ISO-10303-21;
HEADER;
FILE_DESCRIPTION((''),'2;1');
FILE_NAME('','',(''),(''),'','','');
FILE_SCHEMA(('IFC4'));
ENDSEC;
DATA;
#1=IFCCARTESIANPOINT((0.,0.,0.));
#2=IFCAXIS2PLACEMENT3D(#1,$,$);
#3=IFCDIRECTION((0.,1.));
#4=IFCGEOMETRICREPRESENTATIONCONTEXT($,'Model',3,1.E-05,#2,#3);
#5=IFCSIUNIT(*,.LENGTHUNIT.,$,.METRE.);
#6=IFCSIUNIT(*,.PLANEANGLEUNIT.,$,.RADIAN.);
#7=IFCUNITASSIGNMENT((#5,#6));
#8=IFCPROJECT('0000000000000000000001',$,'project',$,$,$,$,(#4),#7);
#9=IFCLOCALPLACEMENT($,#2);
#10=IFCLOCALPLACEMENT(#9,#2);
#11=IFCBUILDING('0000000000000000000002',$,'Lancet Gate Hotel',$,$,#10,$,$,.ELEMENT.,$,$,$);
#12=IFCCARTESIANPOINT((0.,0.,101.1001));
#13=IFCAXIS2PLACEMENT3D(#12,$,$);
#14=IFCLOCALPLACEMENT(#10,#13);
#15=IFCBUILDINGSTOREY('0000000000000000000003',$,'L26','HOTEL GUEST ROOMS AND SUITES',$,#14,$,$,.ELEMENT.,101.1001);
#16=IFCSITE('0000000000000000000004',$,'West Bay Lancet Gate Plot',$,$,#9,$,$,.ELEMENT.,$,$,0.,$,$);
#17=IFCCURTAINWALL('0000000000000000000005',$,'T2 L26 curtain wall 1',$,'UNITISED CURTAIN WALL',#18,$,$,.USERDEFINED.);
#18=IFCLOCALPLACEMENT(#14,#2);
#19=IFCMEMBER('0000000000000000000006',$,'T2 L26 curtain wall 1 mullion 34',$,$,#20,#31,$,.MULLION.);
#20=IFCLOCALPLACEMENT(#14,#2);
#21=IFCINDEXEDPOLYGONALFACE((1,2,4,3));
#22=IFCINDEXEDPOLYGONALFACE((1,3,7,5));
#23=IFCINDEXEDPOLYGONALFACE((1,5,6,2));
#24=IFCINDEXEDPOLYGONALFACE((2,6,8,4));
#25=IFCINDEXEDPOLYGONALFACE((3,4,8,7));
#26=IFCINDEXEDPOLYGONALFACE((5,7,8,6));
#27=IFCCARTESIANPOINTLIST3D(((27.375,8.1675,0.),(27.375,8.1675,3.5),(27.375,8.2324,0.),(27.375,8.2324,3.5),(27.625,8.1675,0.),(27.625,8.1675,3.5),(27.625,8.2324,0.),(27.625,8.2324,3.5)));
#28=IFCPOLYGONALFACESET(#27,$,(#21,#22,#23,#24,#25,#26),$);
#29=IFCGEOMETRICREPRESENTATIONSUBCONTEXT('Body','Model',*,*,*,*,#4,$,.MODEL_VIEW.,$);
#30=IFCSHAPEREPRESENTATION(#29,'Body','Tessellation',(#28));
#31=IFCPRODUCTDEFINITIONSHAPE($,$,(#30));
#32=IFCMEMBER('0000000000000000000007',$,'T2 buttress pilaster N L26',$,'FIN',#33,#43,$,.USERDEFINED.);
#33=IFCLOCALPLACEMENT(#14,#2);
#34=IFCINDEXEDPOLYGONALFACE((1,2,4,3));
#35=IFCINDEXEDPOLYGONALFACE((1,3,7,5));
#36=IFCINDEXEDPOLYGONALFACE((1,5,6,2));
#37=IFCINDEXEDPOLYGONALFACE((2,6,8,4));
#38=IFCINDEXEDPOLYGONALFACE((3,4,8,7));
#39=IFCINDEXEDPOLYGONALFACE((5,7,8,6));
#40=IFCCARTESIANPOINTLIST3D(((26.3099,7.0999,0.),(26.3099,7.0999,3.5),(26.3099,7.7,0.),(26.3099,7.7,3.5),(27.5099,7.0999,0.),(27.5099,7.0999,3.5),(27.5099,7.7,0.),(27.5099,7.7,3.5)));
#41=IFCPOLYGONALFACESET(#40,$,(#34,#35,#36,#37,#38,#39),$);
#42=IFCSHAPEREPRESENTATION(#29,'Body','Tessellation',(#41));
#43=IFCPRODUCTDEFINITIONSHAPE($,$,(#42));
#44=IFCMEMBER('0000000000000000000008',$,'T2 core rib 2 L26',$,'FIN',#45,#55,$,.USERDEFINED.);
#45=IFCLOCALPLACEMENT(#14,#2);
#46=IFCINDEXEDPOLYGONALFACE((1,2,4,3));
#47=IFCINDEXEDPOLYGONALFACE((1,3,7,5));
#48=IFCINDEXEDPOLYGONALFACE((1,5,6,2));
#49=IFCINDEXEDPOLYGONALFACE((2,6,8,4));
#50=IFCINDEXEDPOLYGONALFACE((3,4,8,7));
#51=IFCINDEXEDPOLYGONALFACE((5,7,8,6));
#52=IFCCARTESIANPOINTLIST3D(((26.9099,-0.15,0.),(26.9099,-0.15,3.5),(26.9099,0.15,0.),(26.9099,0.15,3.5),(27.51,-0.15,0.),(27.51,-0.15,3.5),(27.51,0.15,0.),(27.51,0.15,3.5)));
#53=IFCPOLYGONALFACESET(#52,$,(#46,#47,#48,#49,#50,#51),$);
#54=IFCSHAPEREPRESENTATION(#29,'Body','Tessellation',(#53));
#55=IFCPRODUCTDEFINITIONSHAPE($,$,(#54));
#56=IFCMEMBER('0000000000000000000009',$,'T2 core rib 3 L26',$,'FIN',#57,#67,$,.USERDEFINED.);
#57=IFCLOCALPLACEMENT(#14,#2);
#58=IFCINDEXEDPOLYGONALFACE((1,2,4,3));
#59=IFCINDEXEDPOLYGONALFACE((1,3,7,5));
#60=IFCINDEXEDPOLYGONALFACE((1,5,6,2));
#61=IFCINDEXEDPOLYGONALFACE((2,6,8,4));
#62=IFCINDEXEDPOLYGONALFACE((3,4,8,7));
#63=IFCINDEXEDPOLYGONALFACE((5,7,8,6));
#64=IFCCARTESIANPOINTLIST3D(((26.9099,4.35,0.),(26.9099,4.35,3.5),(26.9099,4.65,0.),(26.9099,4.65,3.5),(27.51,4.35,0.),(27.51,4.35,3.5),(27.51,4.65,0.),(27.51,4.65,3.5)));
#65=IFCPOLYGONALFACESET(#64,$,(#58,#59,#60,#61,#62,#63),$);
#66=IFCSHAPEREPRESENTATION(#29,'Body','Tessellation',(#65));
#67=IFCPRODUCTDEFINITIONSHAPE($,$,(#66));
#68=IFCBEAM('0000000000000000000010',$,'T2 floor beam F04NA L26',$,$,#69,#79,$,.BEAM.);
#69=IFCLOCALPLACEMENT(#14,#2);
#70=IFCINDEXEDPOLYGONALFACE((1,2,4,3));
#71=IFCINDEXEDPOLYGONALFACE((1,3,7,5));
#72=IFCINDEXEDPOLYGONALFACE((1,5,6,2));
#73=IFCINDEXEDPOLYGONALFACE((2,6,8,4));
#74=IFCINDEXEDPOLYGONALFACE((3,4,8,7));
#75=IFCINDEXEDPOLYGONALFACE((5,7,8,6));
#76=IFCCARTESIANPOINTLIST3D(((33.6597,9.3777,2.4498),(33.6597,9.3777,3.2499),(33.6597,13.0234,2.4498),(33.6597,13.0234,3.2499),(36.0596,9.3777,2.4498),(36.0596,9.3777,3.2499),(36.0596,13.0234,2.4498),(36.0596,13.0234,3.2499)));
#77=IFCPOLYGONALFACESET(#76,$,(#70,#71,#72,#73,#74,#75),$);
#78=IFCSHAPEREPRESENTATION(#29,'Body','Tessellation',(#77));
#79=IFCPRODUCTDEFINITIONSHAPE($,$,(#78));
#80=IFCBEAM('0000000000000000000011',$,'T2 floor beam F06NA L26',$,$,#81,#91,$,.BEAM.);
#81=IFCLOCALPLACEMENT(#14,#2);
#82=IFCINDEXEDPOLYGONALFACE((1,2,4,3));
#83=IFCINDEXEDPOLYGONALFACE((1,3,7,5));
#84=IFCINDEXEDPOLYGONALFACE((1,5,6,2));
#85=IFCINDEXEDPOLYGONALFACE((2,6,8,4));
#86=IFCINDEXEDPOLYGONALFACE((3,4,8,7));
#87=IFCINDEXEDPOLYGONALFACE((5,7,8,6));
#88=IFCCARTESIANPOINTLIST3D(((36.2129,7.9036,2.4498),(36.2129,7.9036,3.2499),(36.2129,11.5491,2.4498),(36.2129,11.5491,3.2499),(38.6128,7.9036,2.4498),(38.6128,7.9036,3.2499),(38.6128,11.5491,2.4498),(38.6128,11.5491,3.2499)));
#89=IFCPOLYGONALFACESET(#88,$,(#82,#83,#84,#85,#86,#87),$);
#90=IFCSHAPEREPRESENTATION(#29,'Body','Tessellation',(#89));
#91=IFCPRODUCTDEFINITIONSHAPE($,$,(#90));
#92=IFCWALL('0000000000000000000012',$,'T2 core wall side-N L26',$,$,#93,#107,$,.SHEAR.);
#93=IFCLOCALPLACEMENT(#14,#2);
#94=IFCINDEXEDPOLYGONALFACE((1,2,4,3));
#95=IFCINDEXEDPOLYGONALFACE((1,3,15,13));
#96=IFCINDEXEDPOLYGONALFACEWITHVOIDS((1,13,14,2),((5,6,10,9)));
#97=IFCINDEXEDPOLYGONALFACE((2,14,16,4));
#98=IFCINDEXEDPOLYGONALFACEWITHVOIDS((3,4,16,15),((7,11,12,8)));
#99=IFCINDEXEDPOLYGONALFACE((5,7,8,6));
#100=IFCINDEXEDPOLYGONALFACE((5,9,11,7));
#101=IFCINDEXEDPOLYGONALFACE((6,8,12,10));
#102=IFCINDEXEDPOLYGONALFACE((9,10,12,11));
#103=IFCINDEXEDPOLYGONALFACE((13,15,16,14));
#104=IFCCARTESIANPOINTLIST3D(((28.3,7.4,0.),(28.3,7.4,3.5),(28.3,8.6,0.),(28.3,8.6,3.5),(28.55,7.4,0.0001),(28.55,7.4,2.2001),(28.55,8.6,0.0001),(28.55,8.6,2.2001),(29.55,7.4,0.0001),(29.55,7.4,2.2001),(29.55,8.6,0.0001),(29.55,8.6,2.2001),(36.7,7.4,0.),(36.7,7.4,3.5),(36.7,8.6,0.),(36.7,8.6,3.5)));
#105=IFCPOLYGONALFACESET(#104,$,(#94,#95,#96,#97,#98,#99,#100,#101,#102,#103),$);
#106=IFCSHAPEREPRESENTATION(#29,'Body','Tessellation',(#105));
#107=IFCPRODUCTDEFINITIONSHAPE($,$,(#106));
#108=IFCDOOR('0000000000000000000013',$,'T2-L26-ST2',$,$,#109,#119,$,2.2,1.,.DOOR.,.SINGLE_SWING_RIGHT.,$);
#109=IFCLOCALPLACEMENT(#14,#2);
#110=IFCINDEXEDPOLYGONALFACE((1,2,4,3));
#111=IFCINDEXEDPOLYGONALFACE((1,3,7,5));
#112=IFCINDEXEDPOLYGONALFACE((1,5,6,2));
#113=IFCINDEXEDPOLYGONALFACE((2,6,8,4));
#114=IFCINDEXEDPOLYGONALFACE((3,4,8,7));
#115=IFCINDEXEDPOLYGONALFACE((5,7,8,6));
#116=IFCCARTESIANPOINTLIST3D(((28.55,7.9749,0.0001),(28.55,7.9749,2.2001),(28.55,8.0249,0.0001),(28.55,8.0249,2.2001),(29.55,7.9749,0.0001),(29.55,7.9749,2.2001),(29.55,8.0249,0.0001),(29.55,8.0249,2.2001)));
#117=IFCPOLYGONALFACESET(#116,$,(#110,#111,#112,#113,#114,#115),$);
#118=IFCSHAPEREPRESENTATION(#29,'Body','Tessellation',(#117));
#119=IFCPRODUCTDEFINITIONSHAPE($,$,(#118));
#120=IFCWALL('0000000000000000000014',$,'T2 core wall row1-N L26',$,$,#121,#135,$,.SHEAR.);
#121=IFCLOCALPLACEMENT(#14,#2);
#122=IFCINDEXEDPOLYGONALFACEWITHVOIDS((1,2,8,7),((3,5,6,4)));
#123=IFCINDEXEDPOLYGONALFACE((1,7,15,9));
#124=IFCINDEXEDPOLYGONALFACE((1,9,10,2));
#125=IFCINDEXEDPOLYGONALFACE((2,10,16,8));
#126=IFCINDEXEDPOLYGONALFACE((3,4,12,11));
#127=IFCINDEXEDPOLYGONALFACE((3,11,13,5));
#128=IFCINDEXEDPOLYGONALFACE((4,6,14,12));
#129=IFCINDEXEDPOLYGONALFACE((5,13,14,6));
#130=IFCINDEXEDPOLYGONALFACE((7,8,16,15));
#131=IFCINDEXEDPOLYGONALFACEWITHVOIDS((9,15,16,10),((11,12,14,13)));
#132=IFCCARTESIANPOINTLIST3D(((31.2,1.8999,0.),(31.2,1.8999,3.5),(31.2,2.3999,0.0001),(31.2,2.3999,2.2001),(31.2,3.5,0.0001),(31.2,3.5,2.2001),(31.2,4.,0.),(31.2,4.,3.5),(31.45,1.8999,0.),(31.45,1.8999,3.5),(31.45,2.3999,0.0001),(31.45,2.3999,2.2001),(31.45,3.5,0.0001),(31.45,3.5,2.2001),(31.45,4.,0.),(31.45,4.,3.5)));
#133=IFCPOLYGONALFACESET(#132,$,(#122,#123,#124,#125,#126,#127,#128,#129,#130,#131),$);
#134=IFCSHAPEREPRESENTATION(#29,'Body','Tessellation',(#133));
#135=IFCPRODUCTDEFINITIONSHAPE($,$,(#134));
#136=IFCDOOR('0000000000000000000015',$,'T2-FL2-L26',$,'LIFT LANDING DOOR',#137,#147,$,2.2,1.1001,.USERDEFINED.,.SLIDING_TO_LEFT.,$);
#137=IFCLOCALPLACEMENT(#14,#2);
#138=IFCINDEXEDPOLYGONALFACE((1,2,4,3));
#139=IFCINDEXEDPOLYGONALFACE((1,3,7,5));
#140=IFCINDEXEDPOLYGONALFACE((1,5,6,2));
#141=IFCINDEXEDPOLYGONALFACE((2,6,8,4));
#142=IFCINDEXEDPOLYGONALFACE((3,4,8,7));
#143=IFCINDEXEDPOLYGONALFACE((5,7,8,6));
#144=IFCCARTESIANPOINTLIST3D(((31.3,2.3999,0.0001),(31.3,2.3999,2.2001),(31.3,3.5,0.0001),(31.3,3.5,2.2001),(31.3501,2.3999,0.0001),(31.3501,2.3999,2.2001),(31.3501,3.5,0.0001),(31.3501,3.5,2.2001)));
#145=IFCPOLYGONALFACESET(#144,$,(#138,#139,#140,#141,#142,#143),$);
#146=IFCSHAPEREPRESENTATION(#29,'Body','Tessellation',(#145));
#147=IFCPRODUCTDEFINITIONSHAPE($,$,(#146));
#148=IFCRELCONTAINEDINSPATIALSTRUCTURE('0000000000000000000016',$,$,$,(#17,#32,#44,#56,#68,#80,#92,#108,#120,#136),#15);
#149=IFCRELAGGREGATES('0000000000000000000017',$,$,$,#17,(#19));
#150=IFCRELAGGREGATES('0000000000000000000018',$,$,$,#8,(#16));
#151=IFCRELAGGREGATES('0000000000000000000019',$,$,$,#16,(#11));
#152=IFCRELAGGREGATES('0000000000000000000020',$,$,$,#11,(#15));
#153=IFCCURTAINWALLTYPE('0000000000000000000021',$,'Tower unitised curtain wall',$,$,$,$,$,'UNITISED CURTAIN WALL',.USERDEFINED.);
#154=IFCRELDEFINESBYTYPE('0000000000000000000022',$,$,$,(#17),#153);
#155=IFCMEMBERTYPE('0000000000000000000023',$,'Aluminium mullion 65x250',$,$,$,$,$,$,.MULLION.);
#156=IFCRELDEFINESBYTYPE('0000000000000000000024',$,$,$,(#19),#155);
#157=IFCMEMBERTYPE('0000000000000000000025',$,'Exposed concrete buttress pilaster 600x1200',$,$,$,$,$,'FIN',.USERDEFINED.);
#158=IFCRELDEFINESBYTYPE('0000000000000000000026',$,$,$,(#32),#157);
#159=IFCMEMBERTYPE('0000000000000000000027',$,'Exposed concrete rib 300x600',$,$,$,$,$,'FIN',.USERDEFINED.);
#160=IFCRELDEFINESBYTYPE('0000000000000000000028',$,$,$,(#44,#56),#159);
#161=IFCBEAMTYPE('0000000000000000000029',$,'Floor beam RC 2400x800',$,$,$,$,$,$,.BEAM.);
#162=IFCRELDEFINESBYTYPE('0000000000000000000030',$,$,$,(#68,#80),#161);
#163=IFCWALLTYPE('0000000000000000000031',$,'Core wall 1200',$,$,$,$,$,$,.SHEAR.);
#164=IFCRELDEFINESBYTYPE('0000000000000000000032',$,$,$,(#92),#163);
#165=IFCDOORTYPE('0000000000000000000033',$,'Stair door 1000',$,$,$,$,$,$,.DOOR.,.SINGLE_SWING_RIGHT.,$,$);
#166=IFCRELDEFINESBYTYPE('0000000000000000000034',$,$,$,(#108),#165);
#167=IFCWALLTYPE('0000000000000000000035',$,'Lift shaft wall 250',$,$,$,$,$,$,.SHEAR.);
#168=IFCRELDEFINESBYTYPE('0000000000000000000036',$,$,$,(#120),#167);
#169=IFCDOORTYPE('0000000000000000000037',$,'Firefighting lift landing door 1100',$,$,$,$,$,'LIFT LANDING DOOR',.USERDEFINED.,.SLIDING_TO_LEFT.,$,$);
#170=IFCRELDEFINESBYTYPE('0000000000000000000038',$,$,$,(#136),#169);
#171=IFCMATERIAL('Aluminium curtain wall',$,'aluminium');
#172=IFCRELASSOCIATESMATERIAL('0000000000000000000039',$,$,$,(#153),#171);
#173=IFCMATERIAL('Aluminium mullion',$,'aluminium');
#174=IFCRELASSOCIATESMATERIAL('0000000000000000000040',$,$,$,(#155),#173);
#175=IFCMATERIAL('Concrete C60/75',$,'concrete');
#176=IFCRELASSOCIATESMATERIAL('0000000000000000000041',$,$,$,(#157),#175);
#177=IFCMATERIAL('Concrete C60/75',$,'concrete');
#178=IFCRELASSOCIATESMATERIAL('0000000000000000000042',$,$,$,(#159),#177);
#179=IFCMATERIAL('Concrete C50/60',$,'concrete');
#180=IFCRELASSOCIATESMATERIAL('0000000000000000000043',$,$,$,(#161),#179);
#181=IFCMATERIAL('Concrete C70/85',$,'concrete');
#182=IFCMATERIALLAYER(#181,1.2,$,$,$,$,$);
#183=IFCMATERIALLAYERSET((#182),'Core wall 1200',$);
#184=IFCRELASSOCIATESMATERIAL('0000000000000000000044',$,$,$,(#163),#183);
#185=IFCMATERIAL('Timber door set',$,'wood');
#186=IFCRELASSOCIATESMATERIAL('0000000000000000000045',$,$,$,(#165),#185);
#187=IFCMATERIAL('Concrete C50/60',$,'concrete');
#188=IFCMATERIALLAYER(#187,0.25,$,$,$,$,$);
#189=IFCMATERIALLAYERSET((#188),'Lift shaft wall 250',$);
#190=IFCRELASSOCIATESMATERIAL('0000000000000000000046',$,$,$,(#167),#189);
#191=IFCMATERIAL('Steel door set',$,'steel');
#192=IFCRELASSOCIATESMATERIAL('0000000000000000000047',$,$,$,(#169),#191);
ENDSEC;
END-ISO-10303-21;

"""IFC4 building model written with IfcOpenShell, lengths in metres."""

from ifc_helpers import new_model, si_unit, direction, frame, frame_2d, origin, origin_2d, place, context, subcontext, project, spatial, rectangle, extrude, material, layer, layer_set, material_profile, profile_set, type_object, element, fill, aggregate, save


model = new_model("IFC4")

# Units and contexts
model_context = context("Model", 3, precision=1e-05, world=origin(), true_north=direction((0.0, 1.0)))
body_context = subcontext(model_context, "Body", "Model", "MODEL_VIEW")
ifc_project = project(units=[si_unit("LENGTHUNIT", "METRE"), si_unit("PLANEANGLEUNIT", "RADIAN")], contexts=[model_context])

# Site, building, storey
site_placement = place(None, origin())
site = spatial("IfcSite", under=ifc_project, at=site_placement, Name="West Bay Lancet Gate Plot", CompositionType="ELEMENT", RefElevation=0.0)
building_placement = place(site_placement, origin())
building = spatial("IfcBuilding", under=site, at=building_placement, Name="Lancet Gate Hotel", CompositionType="ELEMENT")
storey_placement = place(building_placement, frame((0.0, 0.0, 101.1001)))
storey = spatial("IfcBuildingStorey", under=building, at=storey_placement, Name="L26", Description="HOTEL GUEST ROOMS AND SUITES", CompositionType="ELEMENT", Elevation=101.1001)

# Curtain wall, member
ifc_material_1 = material(Name="Aluminium curtain wall", Category="aluminium")
curtain_wall_type = type_object("IfcCurtainWallType", Name="Tower unitised curtain wall", ElementType="UNITISED CURTAIN WALL", PredefinedType="USERDEFINED", material=ifc_material_1)
curtain_wall_placement = place(storey_placement, origin())
curtain_wall = element("IfcCurtainWall", 1, at=curtain_wall_placement, inside=storey, type_object=curtain_wall_type, Name="T2 L26 curtain wall 1", ObjectType="UNITISED CURTAIN WALL", PredefinedType="USERDEFINED")
ifc_material_2 = material(Name="Aluminium mullion", Category="aluminium")
ifc_material_profile_1 = material_profile(ifc_material_2, rectangle(XDim=0.0649, YDim=0.25, at=origin_2d()), Name="MULLION 65x250")
ifc_profile_set_1 = profile_set([ifc_material_profile_1], Name="Aluminium mullion")
member_type_1 = type_object("IfcMemberType", Name="Aluminium mullion 65x250", PredefinedType="MULLION", material=ifc_profile_set_1)
member_1_placement = place(storey_placement, frame((27.5, 8.2, 0.0), z_axis=(0.0, 0.0, 1.0), x_axis=(0.0, -1.0, 0.0)))
member_1 = element("IfcMember", 2, at=member_1_placement, type_object=member_type_1, Name="T2 L26 curtain wall 1 mullion 34", PredefinedType="MULLION", context=body_context, shape_type="SweptSolid", body=[
    extrude(rectangle(XDim=0.0649, YDim=0.25, at=origin_2d()), origin(), (0.0, 0.0, 1.0), 3.5),
])
aggregate(curtain_wall, [member_1])

# Members
ifc_material_3 = material(Name="Concrete C60/75", Category="concrete")
ifc_material_profile_2 = material_profile(ifc_material_3, rectangle(XDim=0.6001, YDim=1.2, at=origin_2d()), Name="FIN 600x1200")
ifc_profile_set_2 = profile_set([ifc_material_profile_2], Name="Concrete C60/75")
member_type_2 = type_object("IfcMemberType", Name="Exposed concrete buttress pilaster 600x1200", ElementType="FIN", PredefinedType="USERDEFINED", material=ifc_profile_set_2)
member_2_placement = place(storey_placement, frame((26.9099, 7.3999, 0.0), z_axis=(0.0, 0.0, 1.0), x_axis=(0.0, 1.0, 0.0)))
element("IfcMember", 3, at=member_2_placement, inside=storey, type_object=member_type_2, Name="T2 buttress pilaster N L26", ObjectType="FIN", PredefinedType="USERDEFINED", context=body_context, shape_type="SweptSolid", body=[
    extrude(rectangle(XDim=0.6001, YDim=1.2, at=origin_2d()), origin(), (0.0, 0.0, 1.0), 3.5),
])
ifc_material_4 = material(Name="Concrete C60/75", Category="concrete")
ifc_material_profile_3 = material_profile(ifc_material_4, rectangle(XDim=0.3, YDim=0.6001, at=origin_2d()), Name="FIN 300x600")
ifc_profile_set_3 = profile_set([ifc_material_profile_3], Name="Concrete C60/75")
member_type_3 = type_object("IfcMemberType", Name="Exposed concrete rib 300x600", ElementType="FIN", PredefinedType="USERDEFINED", material=ifc_profile_set_3)
for number, where, z_axis, x_axis, name in (
    (4, (27.21, 0.0, 0.0), (0.0, 0.0, 1.0), (0.0, 1.0, 0.0), "T2 core rib 2 L26"),
    (5, (27.21, 4.5, 0.0), (0.0, 0.0, 1.0), (0.0, 1.0, 0.0), "T2 core rib 3 L26"),
):
    element("IfcMember", number, at=place(storey_placement, frame(where, z_axis=z_axis, x_axis=x_axis)), inside=storey, type_object=member_type_3, Name=name, ObjectType="FIN", PredefinedType="USERDEFINED", context=body_context, shape_type="SweptSolid", body=[
        extrude(rectangle(XDim=0.3, YDim=0.6001, at=origin_2d()), origin(), (0.0, 0.0, 1.0), 3.5),
    ])

# Beams
ifc_material_5 = material(Name="Concrete C50/60", Category="concrete")
ifc_material_profile_4 = material_profile(ifc_material_5, rectangle(XDim=2.3999, YDim=0.8, at=origin_2d()), Name="RC 2400x800")
ifc_profile_set_4 = profile_set([ifc_material_profile_4], Name="Concrete C50/60")
beam_type = type_object("IfcBeamType", Name="Floor beam RC 2400x800", PredefinedType="BEAM", material=ifc_profile_set_4)
beam_1_placement = place(storey_placement, frame((34.8596, 9.3777, 2.8499), z_axis=(0.0, 1.0, 0.0), x_axis=(-1.0, 0.0, 0.0)))
element("IfcBeam", 6, at=beam_1_placement, inside=storey, type_object=beam_type, Name="T2 floor beam F04NA L26", PredefinedType="BEAM", context=body_context, shape_type="SweptSolid", body=[
    extrude(rectangle(XDim=2.3999, YDim=0.8, at=origin_2d()), origin(), (0.0, 0.0, 1.0), 3.6458),
])
beam_2_placement = place(storey_placement, frame((37.4128, 7.9036, 2.8499), z_axis=(0.0, 1.0, 0.0), x_axis=(-1.0, 0.0, 0.0)))
element("IfcBeam", 7, at=beam_2_placement, inside=storey, type_object=beam_type, Name="T2 floor beam F06NA L26", PredefinedType="BEAM", context=body_context, shape_type="SweptSolid", body=[
    extrude(rectangle(XDim=2.3999, YDim=0.8, at=origin_2d()), origin(), (0.0, 0.0, 1.0), 3.6455),
])

# Walls, openings, doors
ifc_material_6 = material(Name="Concrete C70/85", Category="concrete")
ifc_layer_1 = layer(ifc_material_6, 1.2)
ifc_layer_set_1 = layer_set([ifc_layer_1], Name="Core wall 1200")
wall_type_1 = type_object("IfcWallType", Name="Core wall 1200", PredefinedType="SHEAR", material=ifc_layer_set_1)
wall_1_placement = place(storey_placement, frame((28.3, 8.0, 0.0), z_axis=(0.0, 0.0, 1.0), x_axis=(1.0, 0.0, 0.0)))
wall_1 = element("IfcWall", 8, at=wall_1_placement, inside=storey, type_object=wall_type_1, Name="T2 core wall side-N L26", PredefinedType="SHEAR", context=body_context, shape_type="SweptSolid", body=[
    extrude(rectangle(XDim=8.3999, YDim=1.2, at=frame_2d((4.2, 0.0))), origin(), (0.0, 0.0, 1.0), 3.5),
])
opening_1_placement = place(wall_1_placement, frame((0.25, 0.0, 0.0)))
opening_1 = element("IfcOpeningElement", 9, at=opening_1_placement, cuts=wall_1, PredefinedType="OPENING", context=body_context, shape_type="SweptSolid", body=[
    extrude(rectangle(XDim=1.0, YDim=2.2, at=frame_2d((0.5, 1.1001))), frame((0.0, 0.6099, 0.0), z_axis=(0.0, -1.0, 0.0), x_axis=(1.0, 0.0, 0.0)), (0.0, 0.0, 1.0), 1.22),
])
ifc_material_7 = material(Name="Timber door set", Category="wood")
door_type_1 = type_object("IfcDoorType", Name="Stair door 1000", OperationType="SINGLE_SWING_RIGHT", PredefinedType="DOOR", material=ifc_material_7)
door_1_placement = place(opening_1_placement, origin())
door_1 = element("IfcDoor", 10, at=door_1_placement, inside=storey, type_object=door_type_1, Name="T2-L26-ST2", OperationType="SINGLE_SWING_RIGHT", OverallHeight=2.2, OverallWidth=1.0, PredefinedType="DOOR", context=body_context, shape_type="SweptSolid", body=[
    extrude(rectangle(XDim=1.0, YDim=2.2, at=frame_2d((0.5, 1.1001))), frame((0.0, 0.0249, 0.0), z_axis=(0.0, -1.0, 0.0), x_axis=(1.0, 0.0, 0.0)), (0.0, 0.0, 1.0), 0.05),
])
fill(opening_1, door_1)
ifc_material_8 = material(Name="Concrete C50/60", Category="concrete")
ifc_layer_2 = layer(ifc_material_8, 0.25)
ifc_layer_set_2 = layer_set([ifc_layer_2], Name="Lift shaft wall 250")
wall_type_2 = type_object("IfcWallType", Name="Lift shaft wall 250", PredefinedType="SHEAR", material=ifc_layer_set_2)
wall_2_placement = place(storey_placement, frame((31.325, 1.8999, 0.0), z_axis=(0.0, 0.0, 1.0), x_axis=(0.0, 1.0, 0.0)))
wall_2 = element("IfcWall", 11, at=wall_2_placement, inside=storey, type_object=wall_type_2, Name="T2 core wall row1-N L26", PredefinedType="SHEAR", context=body_context, shape_type="SweptSolid", body=[
    extrude(rectangle(XDim=2.1001, YDim=0.25, at=frame_2d((1.05, 0.0))), origin(), (0.0, 0.0, 1.0), 3.5),
])
opening_2_placement = place(wall_2_placement, frame((0.5, 0.0, 0.0)))
opening_2 = element("IfcOpeningElement", 12, at=opening_2_placement, cuts=wall_2, PredefinedType="OPENING", context=body_context, shape_type="SweptSolid", body=[
    extrude(rectangle(XDim=1.1001, YDim=2.2, at=frame_2d((0.55, 1.1001))), frame((0.0, 0.135, 0.0), z_axis=(0.0, -1.0, 0.0), x_axis=(1.0, 0.0, 0.0)), (0.0, 0.0, 1.0), 0.27),
])
ifc_material_9 = material(Name="Steel door set", Category="steel")
door_type_2 = type_object("IfcDoorType", Name="Firefighting lift landing door 1100", ElementType="LIFT LANDING DOOR", OperationType="SLIDING_TO_LEFT", PredefinedType="USERDEFINED", material=ifc_material_9)
door_2_placement = place(opening_2_placement, origin())
door_2 = element("IfcDoor", 13, at=door_2_placement, inside=storey, type_object=door_type_2, Name="T2-FL2-L26", ObjectType="LIFT LANDING DOOR", OperationType="SLIDING_TO_LEFT", OverallHeight=2.2, OverallWidth=1.1001, PredefinedType="USERDEFINED", context=body_context, shape_type="SweptSolid", body=[
    extrude(rectangle(XDim=1.1001, YDim=2.2, at=frame_2d((0.55, 1.1001))), frame((0.0, 0.0249, 0.0), z_axis=(0.0, -1.0, 0.0), x_axis=(1.0, 0.0, 0.0)), (0.0, 0.0, 1.0), 0.05),
])
fill(opening_2, door_2)

save(model, "model.ifc")
